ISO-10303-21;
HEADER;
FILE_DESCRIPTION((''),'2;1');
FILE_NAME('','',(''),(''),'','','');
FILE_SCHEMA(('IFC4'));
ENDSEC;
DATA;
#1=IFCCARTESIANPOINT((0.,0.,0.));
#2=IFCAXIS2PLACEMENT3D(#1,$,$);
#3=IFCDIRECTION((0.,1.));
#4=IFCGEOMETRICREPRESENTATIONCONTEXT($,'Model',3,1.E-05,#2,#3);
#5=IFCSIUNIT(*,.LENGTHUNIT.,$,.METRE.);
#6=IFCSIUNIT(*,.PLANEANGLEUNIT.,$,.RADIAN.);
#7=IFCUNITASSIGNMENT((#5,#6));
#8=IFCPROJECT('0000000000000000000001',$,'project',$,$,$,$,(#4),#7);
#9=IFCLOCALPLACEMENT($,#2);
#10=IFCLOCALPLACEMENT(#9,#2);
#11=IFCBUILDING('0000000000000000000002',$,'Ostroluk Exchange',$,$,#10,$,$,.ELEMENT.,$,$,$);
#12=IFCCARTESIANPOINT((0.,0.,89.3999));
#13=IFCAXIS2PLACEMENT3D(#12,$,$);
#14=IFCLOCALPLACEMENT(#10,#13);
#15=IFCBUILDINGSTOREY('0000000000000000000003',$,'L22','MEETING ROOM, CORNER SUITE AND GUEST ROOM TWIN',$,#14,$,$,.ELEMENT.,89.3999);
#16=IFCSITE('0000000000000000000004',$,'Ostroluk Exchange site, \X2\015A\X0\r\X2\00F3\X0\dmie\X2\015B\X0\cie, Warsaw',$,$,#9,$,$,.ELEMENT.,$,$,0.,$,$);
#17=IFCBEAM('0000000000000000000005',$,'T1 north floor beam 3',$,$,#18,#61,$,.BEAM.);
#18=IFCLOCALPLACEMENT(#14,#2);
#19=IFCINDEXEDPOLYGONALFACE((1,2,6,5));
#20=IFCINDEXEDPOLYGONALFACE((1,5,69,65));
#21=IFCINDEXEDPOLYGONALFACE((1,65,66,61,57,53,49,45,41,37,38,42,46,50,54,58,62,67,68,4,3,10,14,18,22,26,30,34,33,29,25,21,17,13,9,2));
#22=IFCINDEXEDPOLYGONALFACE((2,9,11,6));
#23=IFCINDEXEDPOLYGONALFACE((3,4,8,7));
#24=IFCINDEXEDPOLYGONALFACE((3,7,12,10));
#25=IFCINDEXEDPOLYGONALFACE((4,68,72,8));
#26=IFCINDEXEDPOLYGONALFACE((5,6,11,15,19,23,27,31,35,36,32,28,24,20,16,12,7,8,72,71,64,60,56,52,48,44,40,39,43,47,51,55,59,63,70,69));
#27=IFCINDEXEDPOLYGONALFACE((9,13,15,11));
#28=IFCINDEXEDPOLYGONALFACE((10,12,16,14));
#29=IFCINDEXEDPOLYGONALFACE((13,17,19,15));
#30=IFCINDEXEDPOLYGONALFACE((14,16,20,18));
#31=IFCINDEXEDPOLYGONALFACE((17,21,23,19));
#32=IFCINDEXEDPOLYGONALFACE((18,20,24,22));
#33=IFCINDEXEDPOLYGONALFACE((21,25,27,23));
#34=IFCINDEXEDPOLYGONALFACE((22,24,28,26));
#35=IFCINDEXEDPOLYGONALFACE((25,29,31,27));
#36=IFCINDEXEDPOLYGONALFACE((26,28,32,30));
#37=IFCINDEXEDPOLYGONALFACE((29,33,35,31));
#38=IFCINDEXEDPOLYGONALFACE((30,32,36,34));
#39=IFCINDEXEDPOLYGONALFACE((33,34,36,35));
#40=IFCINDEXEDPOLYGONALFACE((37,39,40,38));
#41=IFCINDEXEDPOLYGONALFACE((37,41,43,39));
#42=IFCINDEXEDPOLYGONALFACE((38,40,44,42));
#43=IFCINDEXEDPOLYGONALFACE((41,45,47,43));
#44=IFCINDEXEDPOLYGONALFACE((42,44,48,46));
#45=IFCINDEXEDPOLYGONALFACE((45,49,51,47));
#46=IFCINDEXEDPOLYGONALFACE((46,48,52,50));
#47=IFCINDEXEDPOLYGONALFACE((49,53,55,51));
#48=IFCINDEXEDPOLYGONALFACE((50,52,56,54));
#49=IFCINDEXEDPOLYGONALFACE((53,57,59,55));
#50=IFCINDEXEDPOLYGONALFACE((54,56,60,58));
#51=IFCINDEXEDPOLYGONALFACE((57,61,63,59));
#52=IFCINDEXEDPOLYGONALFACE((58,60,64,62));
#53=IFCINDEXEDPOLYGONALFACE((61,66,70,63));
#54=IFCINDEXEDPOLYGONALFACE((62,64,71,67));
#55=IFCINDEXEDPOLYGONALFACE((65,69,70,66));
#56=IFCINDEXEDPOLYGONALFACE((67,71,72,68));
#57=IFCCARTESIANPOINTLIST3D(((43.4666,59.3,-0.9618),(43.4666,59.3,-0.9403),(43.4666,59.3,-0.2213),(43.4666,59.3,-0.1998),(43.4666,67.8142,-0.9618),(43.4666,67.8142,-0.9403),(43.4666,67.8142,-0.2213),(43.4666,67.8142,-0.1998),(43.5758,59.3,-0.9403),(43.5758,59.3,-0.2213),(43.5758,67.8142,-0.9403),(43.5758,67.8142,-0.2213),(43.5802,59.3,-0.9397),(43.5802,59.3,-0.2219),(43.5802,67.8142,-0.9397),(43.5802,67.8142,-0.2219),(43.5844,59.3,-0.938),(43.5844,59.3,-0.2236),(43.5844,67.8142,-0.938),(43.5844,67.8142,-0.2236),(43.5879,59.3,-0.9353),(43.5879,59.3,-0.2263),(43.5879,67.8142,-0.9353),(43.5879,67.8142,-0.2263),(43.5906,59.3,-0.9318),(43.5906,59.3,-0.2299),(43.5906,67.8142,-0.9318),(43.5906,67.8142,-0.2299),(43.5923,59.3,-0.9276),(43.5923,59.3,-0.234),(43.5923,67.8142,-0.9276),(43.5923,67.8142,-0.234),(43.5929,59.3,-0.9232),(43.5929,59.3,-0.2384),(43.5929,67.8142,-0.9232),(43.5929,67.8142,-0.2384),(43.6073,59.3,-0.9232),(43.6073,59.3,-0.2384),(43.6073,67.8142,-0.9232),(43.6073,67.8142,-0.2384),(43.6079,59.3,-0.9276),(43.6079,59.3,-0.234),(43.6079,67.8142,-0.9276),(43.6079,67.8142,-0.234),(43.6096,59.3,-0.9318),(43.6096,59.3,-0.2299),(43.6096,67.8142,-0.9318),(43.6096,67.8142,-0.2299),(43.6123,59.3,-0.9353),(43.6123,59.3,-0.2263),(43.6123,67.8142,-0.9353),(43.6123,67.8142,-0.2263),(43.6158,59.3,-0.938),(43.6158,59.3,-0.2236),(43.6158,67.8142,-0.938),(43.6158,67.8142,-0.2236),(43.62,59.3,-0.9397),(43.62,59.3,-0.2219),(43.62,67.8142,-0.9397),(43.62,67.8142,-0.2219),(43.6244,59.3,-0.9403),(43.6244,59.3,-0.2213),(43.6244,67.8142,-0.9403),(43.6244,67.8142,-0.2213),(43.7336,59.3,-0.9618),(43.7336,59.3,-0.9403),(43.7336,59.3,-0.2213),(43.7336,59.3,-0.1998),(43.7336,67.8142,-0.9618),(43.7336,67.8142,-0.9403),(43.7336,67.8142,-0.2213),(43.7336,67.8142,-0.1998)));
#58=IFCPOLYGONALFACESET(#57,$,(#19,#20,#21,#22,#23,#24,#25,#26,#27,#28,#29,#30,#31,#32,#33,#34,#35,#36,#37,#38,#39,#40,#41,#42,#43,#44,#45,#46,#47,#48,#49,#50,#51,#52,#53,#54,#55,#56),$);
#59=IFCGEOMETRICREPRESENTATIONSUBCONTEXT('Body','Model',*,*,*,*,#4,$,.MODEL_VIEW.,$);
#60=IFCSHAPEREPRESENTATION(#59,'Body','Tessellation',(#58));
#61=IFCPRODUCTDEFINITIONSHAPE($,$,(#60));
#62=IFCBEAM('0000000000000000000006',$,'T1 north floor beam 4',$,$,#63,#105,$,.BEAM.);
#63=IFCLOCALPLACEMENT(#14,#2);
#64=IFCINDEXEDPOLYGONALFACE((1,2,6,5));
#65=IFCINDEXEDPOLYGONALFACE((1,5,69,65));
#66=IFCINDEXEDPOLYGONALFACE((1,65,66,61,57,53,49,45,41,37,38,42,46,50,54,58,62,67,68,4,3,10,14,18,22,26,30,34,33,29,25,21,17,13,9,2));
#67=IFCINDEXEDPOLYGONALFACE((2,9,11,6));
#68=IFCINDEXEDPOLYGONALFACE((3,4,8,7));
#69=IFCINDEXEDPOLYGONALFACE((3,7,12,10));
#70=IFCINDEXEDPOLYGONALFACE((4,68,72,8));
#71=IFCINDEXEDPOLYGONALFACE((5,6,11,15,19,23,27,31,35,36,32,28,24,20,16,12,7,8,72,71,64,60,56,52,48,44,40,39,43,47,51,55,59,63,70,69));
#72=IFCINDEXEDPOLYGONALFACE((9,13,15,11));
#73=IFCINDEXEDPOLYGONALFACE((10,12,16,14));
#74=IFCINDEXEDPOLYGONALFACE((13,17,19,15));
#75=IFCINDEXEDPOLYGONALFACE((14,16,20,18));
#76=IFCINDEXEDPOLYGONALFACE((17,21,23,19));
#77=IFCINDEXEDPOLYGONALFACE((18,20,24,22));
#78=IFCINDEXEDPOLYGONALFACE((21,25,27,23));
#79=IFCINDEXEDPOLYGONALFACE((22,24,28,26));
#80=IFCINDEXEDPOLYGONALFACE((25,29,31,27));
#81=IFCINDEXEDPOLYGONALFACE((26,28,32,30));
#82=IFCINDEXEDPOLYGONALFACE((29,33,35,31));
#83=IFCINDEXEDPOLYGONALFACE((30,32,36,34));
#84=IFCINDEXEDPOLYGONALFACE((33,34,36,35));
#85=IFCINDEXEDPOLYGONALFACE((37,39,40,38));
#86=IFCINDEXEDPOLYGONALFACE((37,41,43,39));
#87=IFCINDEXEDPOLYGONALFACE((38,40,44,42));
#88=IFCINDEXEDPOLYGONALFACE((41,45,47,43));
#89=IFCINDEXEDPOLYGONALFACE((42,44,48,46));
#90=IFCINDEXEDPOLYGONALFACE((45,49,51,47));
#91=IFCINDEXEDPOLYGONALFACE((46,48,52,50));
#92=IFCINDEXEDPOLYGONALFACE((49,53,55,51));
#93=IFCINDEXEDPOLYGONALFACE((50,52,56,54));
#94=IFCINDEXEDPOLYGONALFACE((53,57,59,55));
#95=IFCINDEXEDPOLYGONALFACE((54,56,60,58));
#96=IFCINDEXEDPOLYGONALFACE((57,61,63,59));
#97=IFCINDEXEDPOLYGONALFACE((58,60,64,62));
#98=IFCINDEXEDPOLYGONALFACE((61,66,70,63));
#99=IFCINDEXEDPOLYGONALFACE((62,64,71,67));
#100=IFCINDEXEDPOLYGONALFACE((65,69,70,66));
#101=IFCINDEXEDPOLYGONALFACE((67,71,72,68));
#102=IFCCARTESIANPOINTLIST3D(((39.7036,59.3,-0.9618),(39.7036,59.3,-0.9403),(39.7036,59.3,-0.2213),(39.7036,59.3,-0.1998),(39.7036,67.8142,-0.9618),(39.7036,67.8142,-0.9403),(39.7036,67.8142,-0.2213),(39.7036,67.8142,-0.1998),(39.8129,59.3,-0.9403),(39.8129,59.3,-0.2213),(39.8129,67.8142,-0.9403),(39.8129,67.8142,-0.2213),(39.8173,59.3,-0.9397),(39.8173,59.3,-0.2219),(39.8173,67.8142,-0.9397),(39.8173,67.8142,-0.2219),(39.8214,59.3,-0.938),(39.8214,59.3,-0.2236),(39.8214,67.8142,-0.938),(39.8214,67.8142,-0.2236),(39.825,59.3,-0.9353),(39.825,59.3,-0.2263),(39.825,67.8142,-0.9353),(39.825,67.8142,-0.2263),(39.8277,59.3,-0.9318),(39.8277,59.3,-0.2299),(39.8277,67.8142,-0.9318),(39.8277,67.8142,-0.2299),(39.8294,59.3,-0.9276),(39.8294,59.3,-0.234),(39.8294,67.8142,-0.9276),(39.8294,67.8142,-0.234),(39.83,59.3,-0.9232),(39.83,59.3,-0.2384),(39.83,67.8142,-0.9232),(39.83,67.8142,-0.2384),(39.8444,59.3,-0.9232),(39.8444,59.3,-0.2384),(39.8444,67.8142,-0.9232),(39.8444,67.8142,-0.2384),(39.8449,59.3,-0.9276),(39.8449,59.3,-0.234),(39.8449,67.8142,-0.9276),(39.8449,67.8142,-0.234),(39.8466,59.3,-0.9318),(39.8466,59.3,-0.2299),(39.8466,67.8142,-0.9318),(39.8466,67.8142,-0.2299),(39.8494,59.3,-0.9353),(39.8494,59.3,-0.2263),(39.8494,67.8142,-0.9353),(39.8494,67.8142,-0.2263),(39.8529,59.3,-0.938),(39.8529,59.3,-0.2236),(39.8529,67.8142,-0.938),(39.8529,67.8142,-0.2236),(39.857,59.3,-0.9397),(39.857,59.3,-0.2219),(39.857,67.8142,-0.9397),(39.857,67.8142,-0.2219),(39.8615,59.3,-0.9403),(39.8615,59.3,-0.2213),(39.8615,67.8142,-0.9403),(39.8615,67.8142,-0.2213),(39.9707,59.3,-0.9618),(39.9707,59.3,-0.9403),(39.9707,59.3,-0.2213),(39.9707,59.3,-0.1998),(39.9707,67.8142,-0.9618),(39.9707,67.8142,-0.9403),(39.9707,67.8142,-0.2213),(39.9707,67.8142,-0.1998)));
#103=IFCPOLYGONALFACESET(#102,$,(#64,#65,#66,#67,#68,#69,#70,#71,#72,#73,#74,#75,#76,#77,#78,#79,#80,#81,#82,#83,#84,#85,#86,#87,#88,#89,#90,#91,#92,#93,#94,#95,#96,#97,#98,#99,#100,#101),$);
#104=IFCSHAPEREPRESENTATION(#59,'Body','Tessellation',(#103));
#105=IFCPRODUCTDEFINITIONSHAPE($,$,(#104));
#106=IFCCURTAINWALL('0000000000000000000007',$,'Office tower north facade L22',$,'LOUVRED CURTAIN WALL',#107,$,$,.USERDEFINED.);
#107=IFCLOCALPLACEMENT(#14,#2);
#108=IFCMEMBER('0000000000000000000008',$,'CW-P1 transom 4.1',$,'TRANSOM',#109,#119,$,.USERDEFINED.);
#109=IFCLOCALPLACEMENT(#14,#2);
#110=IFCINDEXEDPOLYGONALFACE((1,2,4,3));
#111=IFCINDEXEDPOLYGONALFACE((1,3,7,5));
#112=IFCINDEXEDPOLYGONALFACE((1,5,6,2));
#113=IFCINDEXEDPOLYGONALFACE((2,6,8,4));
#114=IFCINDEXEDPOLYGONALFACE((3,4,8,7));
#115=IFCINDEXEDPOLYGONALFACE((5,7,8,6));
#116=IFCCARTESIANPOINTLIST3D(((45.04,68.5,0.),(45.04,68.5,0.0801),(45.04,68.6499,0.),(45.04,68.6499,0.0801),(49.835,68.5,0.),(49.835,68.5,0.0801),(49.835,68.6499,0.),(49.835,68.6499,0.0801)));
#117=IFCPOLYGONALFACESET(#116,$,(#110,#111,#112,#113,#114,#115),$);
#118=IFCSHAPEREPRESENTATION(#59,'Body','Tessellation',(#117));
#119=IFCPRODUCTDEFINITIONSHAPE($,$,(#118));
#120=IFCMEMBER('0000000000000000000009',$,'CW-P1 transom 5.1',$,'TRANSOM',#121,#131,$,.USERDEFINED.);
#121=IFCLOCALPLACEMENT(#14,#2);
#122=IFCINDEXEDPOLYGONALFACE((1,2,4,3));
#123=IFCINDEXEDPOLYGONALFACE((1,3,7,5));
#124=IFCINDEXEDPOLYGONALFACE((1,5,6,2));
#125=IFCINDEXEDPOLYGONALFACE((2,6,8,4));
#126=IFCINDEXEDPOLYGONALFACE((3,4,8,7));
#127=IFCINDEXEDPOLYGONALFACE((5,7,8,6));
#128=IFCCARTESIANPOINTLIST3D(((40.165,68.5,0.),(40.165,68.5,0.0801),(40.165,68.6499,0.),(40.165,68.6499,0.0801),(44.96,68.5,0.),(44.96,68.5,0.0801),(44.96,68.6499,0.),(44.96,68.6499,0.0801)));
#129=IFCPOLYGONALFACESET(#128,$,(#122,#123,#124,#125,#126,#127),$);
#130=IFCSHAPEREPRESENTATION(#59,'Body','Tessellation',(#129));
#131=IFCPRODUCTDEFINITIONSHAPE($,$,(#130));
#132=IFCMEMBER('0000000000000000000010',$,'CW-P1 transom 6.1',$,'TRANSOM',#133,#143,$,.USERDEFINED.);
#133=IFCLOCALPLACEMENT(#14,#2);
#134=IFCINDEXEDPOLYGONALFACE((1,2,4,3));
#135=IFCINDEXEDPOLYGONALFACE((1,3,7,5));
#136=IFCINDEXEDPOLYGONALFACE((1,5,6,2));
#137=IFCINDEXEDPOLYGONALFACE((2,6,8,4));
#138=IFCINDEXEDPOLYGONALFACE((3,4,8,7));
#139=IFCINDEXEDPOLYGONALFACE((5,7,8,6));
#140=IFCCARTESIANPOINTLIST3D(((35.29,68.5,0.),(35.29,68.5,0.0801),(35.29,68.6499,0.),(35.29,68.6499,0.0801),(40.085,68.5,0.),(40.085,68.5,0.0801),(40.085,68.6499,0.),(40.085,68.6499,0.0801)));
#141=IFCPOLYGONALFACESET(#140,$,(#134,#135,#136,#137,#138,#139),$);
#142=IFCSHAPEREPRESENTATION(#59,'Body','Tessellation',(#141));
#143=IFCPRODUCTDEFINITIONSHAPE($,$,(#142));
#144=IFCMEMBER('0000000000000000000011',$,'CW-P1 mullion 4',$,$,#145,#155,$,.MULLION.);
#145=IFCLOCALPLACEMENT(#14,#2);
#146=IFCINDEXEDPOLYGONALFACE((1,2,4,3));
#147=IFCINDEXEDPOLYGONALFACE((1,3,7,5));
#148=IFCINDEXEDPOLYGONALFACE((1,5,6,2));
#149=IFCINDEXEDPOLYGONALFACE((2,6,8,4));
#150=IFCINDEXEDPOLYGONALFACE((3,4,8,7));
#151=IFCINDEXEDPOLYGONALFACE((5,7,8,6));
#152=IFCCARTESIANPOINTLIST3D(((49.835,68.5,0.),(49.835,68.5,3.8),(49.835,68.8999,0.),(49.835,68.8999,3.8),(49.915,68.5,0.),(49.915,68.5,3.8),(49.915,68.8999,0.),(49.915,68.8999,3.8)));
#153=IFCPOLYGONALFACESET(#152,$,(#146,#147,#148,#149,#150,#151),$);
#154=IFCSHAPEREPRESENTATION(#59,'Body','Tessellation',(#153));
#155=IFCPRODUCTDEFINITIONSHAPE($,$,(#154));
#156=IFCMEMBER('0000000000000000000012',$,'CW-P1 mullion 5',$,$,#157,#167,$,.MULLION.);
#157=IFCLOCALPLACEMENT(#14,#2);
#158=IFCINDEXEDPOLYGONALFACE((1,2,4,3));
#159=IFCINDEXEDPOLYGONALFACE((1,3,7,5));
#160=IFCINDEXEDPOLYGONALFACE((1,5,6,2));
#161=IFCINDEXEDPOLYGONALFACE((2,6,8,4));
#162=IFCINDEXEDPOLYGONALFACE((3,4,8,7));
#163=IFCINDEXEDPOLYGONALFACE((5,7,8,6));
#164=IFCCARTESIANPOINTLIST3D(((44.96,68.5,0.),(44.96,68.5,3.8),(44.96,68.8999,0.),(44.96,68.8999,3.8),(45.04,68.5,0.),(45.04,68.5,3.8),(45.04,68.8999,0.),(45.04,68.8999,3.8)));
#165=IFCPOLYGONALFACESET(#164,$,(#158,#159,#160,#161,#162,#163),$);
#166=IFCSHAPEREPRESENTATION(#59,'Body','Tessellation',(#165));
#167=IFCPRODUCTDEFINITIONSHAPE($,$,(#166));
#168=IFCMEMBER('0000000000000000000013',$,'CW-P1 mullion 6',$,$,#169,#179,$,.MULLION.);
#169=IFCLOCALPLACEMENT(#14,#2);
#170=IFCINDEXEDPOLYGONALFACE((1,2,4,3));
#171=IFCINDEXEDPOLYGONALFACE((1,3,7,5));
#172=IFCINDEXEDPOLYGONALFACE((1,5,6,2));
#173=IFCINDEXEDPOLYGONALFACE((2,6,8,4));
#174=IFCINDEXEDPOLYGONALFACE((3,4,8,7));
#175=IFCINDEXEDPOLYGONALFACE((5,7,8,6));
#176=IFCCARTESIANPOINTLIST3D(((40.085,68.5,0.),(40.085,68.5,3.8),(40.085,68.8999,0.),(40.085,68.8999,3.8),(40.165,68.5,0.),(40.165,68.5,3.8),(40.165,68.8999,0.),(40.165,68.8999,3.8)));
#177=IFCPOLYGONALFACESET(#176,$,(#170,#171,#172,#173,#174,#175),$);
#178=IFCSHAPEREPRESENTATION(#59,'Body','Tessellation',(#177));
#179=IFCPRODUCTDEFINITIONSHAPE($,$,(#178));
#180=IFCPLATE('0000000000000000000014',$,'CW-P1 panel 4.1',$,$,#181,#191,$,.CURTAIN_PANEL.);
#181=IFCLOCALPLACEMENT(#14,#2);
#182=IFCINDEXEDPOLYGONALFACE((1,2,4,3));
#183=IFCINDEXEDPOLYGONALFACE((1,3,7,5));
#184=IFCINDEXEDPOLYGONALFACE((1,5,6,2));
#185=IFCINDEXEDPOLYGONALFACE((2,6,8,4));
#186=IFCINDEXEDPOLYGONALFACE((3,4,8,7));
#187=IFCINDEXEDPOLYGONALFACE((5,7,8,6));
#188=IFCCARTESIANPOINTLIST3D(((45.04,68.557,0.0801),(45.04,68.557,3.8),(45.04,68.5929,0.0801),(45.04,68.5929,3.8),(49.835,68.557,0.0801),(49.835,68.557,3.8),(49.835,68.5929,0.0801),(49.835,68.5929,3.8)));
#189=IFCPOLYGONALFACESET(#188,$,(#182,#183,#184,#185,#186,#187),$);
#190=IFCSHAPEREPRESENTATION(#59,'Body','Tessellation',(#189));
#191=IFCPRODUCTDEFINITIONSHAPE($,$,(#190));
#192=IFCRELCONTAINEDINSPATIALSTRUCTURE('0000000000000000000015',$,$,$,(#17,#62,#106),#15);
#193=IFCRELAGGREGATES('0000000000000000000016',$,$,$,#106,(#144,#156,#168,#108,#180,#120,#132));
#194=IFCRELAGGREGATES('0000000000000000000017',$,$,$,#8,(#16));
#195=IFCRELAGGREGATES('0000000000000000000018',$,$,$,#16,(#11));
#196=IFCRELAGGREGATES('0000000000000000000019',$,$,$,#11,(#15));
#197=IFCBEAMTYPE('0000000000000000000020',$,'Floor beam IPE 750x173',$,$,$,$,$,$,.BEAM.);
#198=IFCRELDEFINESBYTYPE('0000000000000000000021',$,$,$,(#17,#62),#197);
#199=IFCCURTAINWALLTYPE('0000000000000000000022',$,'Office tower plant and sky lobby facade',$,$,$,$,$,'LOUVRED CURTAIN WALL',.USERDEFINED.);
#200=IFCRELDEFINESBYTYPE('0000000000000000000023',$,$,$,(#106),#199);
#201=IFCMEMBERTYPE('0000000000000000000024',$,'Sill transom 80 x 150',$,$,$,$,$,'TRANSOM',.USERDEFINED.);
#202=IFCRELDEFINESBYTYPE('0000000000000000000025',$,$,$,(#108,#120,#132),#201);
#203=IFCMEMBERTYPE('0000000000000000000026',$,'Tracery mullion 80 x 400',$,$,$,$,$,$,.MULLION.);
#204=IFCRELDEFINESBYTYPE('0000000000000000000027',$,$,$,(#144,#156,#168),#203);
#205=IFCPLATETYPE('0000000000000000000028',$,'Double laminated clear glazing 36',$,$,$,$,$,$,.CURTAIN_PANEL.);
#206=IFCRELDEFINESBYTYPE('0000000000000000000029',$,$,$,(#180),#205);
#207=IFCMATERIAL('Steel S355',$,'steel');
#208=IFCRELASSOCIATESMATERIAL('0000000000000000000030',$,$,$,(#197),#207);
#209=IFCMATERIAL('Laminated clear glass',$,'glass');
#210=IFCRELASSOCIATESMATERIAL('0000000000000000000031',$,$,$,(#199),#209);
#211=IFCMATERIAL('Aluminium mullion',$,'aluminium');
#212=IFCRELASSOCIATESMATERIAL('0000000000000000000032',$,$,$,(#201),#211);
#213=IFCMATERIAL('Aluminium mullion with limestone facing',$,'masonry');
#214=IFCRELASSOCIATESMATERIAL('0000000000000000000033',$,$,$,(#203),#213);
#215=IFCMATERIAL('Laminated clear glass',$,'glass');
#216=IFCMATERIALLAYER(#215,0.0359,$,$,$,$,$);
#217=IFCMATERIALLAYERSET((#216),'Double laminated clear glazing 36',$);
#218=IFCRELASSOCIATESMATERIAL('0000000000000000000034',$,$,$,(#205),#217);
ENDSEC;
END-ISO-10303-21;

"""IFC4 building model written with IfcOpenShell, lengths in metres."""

from ifc_helpers import new_model, si_unit, direction, frame, origin, origin_2d, place, context, subcontext, project, spatial, rectangle, i_section, extrude, material, layer, layer_set, material_profile, profile_set, type_object, element, aggregate, save


model = new_model("IFC4")

# Units and contexts
model_context = context("Model", 3, precision=1e-05, world=origin(), true_north=direction((0.0, 1.0)))
body_context = subcontext(model_context, "Body", "Model", "MODEL_VIEW")
ifc_project = project(units=[si_unit("LENGTHUNIT", "METRE"), si_unit("PLANEANGLEUNIT", "RADIAN")], contexts=[model_context])

# Site, building, storey
site_placement = place(None, origin())
site = spatial("IfcSite", under=ifc_project, at=site_placement, Name="Ostroluk Exchange site, Śródmieście, Warsaw", CompositionType="ELEMENT", RefElevation=0.0)
building_placement = place(site_placement, origin())
building = spatial("IfcBuilding", under=site, at=building_placement, Name="Ostroluk Exchange", CompositionType="ELEMENT")
storey_placement = place(building_placement, frame((0.0, 0.0, 89.3999)))
storey = spatial("IfcBuildingStorey", under=building, at=storey_placement, Name="L22", Description="MEETING ROOM, CORNER SUITE AND GUEST ROOM TWIN", CompositionType="ELEMENT", Elevation=89.3999)

# Beams
ifc_material_1 = material(Name="Steel S355", Category="steel")
ifc_material_profile_1 = material_profile(ifc_material_1, i_section(OverallWidth=0.2671, OverallDepth=0.762, WebThickness=0.0144, FlangeThickness=0.0215, FilletRadius=0.0171, at=origin_2d()), Name="IPE 750x173")
ifc_profile_set_1 = profile_set([ifc_material_profile_1], Name="Steel S355")
beam_type = type_object("IfcBeamType", Name="Floor beam IPE 750x173", PredefinedType="BEAM", material=ifc_profile_set_1)
for number, where, z_axis, x_axis, name in (
    (1, (43.6001, 59.3, -0.5808), (0.0, 1.0, 0.0), (-1.0, 0.0, 0.0), "T1 north floor beam 3"),
    (2, (39.8372, 59.3, -0.5808), (0.0, 1.0, 0.0), (-1.0, 0.0, 0.0), "T1 north floor beam 4"),
):
    element("IfcBeam", number, at=place(storey_placement, frame(where, z_axis=z_axis, x_axis=x_axis)), inside=storey, type_object=beam_type, Name=name, PredefinedType="BEAM", context=body_context, shape_type="SweptSolid", body=[
        extrude(i_section(OverallWidth=0.2671, OverallDepth=0.762, WebThickness=0.0144, FlangeThickness=0.0215, FilletRadius=0.0171, at=origin_2d()), origin(), (0.0, 0.0, 1.0), 8.5142),
    ])

# Curtain wall, members, plate
ifc_material_2 = material(Name="Laminated clear glass", Category="glass")
curtain_wall_type = type_object("IfcCurtainWallType", Name="Office tower plant and sky lobby facade", ElementType="LOUVRED CURTAIN WALL", PredefinedType="USERDEFINED", material=ifc_material_2)
curtain_wall_placement = place(storey_placement, origin())
curtain_wall = element("IfcCurtainWall", 3, at=curtain_wall_placement, inside=storey, type_object=curtain_wall_type, Name="Office tower north facade L22", ObjectType="LOUVRED CURTAIN WALL", PredefinedType="USERDEFINED")
ifc_material_3 = material(Name="Aluminium mullion", Category="aluminium")
ifc_material_profile_2 = material_profile(ifc_material_3, rectangle(XDim=0.1499, YDim=0.0801, at=origin_2d()), Name="Sill transom 80 x 150")
ifc_profile_set_2 = profile_set([ifc_material_profile_2], Name="Aluminium mullion")
member_type_1 = type_object("IfcMemberType", Name="Sill transom 80 x 150", ElementType="TRANSOM", PredefinedType="USERDEFINED", material=ifc_profile_set_2)
member_1_placement = place(storey_placement, frame((49.835, 68.575, 0.04), z_axis=(-1.0, 0.0, 0.0), x_axis=(0.0, -1.0, 0.0)))
member_1 = element("IfcMember", 4, at=member_1_placement, type_object=member_type_1, Name="CW-P1 transom 4.1", ObjectType="TRANSOM", PredefinedType="USERDEFINED", context=body_context, shape_type="SweptSolid", body=[
    extrude(rectangle(XDim=0.1499, YDim=0.0801, at=origin_2d()), origin(), (0.0, 0.0, 1.0), 4.7949),
])
member_2_placement = place(storey_placement, frame((44.96, 68.575, 0.04), z_axis=(-1.0, 0.0, 0.0), x_axis=(0.0, -1.0, 0.0)))
member_2 = element("IfcMember", 5, at=member_2_placement, type_object=member_type_1, Name="CW-P1 transom 5.1", ObjectType="TRANSOM", PredefinedType="USERDEFINED", context=body_context, shape_type="SweptSolid", body=[
    extrude(rectangle(XDim=0.1499, YDim=0.0801, at=origin_2d()), origin(), (0.0, 0.0, 1.0), 4.7949),
])
member_3_placement = place(storey_placement, frame((40.085, 68.575, 0.04), z_axis=(-1.0, 0.0, 0.0), x_axis=(0.0, -1.0, 0.0)))
member_3 = element("IfcMember", 6, at=member_3_placement, type_object=member_type_1, Name="CW-P1 transom 6.1", ObjectType="TRANSOM", PredefinedType="USERDEFINED", context=body_context, shape_type="SweptSolid", body=[
    extrude(rectangle(XDim=0.1499, YDim=0.0801, at=origin_2d()), origin(), (0.0, 0.0, 1.0), 4.7949),
])
ifc_material_4 = material(Name="Aluminium mullion with limestone facing", Category="masonry")
ifc_material_profile_3 = material_profile(ifc_material_4, rectangle(XDim=0.3999, YDim=0.0801, at=origin_2d()), Name="Tracery mullion 80 x 400")
ifc_profile_set_3 = profile_set([ifc_material_profile_3], Name="Aluminium mullion with limestone facing")
member_type_2 = type_object("IfcMemberType", Name="Tracery mullion 80 x 400", PredefinedType="MULLION", material=ifc_profile_set_3)
member_4_placement = place(storey_placement, frame((49.875, 68.7, 0.0), z_axis=(0.0, 0.0, 1.0), x_axis=(0.0, -1.0, 0.0)))
member_4 = element("IfcMember", 7, at=member_4_placement, type_object=member_type_2, Name="CW-P1 mullion 4", PredefinedType="MULLION", context=body_context, shape_type="SweptSolid", body=[
    extrude(rectangle(XDim=0.3999, YDim=0.0801, at=origin_2d()), origin(), (0.0, 0.0, 1.0), 3.8),
])
member_5_placement = place(storey_placement, frame((45.0, 68.7, 0.0), z_axis=(0.0, 0.0, 1.0), x_axis=(0.0, -1.0, 0.0)))
member_5 = element("IfcMember", 8, at=member_5_placement, type_object=member_type_2, Name="CW-P1 mullion 5", PredefinedType="MULLION", context=body_context, shape_type="SweptSolid", body=[
    extrude(rectangle(XDim=0.3999, YDim=0.0801, at=origin_2d()), origin(), (0.0, 0.0, 1.0), 3.8),
])
member_6_placement = place(storey_placement, frame((40.125, 68.7, 0.0), z_axis=(0.0, 0.0, 1.0), x_axis=(0.0, -1.0, 0.0)))
member_6 = element("IfcMember", 9, at=member_6_placement, type_object=member_type_2, Name="CW-P1 mullion 6", PredefinedType="MULLION", context=body_context, shape_type="SweptSolid", body=[
    extrude(rectangle(XDim=0.3999, YDim=0.0801, at=origin_2d()), origin(), (0.0, 0.0, 1.0), 3.8),
])
ifc_material_5 = material(Name="Laminated clear glass", Category="glass")
ifc_layer_1 = layer(ifc_material_5, 0.0359)
ifc_layer_set_1 = layer_set([ifc_layer_1], Name="Double laminated clear glazing 36")
plate_type = type_object("IfcPlateType", Name="Double laminated clear glazing 36", PredefinedType="CURTAIN_PANEL", material=ifc_layer_set_1)
plate_1_placement = place(storey_placement, frame((47.4375, 68.575, 0.0801), z_axis=(0.0, 0.0, 1.0), x_axis=(-1.0, 0.0, 0.0)))
plate_1 = element("IfcPlate", 10, at=plate_1_placement, type_object=plate_type, Name="CW-P1 panel 4.1", PredefinedType="CURTAIN_PANEL", context=body_context, shape_type="SweptSolid", body=[
    extrude(rectangle(XDim=4.7949, YDim=0.0359, at=origin_2d()), origin(), (0.0, 0.0, 1.0), 3.72),
])
aggregate(curtain_wall, [member_4, member_5, member_6, member_1, plate_1, member_2, member_3])

save(model, "model.ifc")
